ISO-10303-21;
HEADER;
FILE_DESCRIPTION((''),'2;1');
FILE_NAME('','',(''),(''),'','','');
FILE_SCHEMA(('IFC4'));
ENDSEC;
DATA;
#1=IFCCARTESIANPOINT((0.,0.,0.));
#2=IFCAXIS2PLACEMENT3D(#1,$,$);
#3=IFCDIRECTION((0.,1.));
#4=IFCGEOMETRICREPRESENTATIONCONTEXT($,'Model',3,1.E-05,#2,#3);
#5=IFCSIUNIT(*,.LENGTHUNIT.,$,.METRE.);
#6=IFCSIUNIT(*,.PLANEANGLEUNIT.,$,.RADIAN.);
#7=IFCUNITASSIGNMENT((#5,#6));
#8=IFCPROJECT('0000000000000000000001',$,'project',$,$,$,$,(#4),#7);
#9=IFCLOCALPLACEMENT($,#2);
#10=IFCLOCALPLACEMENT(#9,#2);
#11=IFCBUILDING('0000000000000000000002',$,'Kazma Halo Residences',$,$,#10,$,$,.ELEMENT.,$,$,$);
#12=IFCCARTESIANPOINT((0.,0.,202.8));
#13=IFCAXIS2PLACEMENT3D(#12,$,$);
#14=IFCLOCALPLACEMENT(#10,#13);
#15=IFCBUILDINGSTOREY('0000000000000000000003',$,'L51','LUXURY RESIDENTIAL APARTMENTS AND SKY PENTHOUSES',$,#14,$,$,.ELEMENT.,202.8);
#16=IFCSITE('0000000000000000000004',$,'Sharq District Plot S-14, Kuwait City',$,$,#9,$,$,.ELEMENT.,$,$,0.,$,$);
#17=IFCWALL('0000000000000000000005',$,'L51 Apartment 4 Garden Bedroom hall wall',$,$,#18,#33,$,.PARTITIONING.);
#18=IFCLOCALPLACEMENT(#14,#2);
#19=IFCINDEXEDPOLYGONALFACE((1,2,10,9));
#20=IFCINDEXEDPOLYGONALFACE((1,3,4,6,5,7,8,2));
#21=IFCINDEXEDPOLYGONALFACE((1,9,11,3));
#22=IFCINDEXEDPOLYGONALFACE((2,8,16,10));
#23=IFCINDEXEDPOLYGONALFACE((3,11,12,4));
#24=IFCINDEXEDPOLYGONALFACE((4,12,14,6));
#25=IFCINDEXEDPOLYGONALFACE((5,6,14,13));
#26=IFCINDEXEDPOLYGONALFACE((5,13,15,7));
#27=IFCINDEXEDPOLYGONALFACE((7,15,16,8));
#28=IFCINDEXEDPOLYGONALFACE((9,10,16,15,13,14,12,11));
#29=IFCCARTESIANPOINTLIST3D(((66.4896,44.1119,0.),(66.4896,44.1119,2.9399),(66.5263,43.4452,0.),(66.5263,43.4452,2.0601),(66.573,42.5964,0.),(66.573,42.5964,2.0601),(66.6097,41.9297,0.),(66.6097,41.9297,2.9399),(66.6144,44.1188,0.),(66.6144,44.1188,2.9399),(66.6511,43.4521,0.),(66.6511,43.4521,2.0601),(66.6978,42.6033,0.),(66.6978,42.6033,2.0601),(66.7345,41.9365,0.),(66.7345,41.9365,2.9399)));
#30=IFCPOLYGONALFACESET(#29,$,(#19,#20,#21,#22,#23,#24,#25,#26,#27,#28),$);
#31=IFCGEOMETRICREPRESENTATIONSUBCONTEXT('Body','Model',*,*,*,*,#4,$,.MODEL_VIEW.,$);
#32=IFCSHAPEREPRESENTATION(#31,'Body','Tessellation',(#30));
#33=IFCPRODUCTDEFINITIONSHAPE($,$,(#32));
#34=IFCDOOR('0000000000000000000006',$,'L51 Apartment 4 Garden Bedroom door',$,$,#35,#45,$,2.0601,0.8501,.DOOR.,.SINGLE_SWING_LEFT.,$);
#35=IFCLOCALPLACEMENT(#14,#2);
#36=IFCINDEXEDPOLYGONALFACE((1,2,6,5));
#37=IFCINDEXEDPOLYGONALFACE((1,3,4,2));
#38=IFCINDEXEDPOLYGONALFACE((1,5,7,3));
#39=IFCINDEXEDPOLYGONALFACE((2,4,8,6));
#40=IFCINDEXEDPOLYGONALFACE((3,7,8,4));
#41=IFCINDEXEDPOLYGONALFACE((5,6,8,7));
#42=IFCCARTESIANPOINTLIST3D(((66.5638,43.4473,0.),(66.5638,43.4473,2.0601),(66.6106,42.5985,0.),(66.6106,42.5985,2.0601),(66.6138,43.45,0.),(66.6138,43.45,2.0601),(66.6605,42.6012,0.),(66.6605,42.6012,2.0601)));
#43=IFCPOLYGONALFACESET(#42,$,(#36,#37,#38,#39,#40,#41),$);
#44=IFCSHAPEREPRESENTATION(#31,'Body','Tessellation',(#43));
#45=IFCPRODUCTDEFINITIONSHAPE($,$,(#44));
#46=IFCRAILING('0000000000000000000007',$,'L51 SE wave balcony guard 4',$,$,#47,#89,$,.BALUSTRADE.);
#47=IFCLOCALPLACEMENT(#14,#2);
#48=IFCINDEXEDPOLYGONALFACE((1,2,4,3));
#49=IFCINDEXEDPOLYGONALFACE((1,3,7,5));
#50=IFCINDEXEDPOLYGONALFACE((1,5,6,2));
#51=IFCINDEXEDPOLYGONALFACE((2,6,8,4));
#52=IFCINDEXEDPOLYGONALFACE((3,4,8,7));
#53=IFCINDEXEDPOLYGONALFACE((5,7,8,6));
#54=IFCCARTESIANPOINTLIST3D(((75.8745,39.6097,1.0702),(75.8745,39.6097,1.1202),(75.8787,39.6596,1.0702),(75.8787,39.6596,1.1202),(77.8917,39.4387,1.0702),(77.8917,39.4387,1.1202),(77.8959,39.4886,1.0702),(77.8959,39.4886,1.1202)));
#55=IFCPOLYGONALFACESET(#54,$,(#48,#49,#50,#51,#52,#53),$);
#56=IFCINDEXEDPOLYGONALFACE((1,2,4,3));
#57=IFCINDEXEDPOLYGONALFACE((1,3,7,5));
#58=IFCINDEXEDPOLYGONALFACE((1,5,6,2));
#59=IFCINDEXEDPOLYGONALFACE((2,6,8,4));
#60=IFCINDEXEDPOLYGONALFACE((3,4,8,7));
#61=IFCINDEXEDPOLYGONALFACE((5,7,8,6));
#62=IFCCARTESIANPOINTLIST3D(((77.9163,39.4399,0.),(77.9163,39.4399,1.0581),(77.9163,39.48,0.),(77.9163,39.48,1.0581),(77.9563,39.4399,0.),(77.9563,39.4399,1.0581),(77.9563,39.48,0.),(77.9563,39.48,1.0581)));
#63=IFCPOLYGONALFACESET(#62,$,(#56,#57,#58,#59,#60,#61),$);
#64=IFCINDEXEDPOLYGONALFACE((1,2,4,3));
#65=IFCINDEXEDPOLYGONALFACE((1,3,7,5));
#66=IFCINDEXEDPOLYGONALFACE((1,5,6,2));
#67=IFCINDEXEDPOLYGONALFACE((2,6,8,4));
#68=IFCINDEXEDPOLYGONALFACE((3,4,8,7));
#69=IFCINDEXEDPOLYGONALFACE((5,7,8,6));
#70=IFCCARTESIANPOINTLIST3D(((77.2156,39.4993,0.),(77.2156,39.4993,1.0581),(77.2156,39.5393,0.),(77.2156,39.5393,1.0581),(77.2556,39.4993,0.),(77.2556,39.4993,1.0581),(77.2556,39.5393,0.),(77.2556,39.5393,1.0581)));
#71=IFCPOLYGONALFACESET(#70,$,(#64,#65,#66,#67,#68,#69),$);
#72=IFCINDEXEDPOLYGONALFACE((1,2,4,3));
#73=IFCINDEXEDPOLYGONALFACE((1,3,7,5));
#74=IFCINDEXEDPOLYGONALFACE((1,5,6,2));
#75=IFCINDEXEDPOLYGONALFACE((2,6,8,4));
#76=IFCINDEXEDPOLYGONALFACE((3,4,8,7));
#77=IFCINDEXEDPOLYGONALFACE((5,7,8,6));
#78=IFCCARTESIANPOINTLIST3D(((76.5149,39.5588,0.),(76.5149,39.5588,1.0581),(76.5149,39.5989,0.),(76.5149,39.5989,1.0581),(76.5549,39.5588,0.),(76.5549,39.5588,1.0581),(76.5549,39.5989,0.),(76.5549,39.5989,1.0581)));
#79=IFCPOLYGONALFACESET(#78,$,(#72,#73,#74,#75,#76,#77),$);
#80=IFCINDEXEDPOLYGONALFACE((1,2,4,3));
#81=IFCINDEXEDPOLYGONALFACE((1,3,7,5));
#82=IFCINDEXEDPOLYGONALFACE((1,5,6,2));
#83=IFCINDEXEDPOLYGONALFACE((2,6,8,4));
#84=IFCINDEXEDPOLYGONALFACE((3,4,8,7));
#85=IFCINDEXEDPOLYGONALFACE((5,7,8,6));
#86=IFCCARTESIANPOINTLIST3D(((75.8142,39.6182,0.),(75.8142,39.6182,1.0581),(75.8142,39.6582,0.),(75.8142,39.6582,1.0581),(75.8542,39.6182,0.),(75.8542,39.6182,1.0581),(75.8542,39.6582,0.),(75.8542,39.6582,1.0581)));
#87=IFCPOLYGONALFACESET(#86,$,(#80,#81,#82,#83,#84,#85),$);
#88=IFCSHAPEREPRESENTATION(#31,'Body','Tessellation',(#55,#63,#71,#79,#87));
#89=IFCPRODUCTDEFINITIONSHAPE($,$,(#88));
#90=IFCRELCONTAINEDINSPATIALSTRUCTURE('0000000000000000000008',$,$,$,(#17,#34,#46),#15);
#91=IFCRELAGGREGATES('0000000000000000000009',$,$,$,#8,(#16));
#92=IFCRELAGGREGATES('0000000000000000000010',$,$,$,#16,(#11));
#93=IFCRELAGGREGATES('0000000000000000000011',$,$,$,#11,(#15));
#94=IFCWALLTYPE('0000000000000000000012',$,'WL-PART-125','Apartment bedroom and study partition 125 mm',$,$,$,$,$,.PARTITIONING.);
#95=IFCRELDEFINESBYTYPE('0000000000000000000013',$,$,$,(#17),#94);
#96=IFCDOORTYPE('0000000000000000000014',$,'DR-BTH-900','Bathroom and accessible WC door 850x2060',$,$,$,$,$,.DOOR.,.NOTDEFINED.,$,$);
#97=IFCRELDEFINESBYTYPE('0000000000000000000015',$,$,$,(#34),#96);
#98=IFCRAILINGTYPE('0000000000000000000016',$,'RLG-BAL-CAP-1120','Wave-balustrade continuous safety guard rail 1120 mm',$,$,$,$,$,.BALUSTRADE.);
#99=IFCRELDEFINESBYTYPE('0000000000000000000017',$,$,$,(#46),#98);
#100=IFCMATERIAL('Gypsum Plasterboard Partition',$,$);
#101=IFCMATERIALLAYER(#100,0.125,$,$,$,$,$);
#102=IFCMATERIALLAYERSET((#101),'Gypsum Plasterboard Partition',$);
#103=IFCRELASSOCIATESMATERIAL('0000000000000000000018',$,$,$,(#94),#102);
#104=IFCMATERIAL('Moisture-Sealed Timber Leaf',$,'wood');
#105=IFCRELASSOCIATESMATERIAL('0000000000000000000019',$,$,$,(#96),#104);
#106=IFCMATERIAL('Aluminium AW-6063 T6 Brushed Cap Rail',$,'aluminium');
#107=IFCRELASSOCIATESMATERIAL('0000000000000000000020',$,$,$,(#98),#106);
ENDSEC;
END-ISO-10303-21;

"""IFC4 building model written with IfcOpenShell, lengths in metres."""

from ifc_helpers import new_model, si_unit, direction, frame, frame_2d, origin, origin_2d, place, context, subcontext, project, spatial, rectangle, extrude, material, layer, layer_set, type_object, element, fill, save


model = new_model("IFC4")

# Units and contexts
model_context = context("Model", 3, precision=1e-05, world=origin(), true_north=direction((0.0, 1.0)))
body_context = subcontext(model_context, "Body", "Model", "MODEL_VIEW")
ifc_project = project(units=[si_unit("LENGTHUNIT", "METRE"), si_unit("PLANEANGLEUNIT", "RADIAN")], contexts=[model_context])

# Site, building, storey
site_placement = place(None, origin())
site = spatial("IfcSite", under=ifc_project, at=site_placement, Name="Sharq District Plot S-14, Kuwait City", CompositionType="ELEMENT", RefElevation=0.0)
building_placement = place(site_placement, origin())
building = spatial("IfcBuilding", under=site, at=building_placement, Name="Kazma Halo Residences", CompositionType="ELEMENT")
storey_placement = place(building_placement, frame((0.0, 0.0, 202.8)))
storey = spatial("IfcBuildingStorey", under=building, at=storey_placement, Name="L51", Description="LUXURY RESIDENTIAL APARTMENTS AND SKY PENTHOUSES", CompositionType="ELEMENT", Elevation=202.8)

# Shared definitions
ifc_material_1 = material(Name="Gypsum Plasterboard Partition")
ifc_layer_1 = layer(ifc_material_1, 0.125)
ifc_layer_set_1 = layer_set([ifc_layer_1], Name="Gypsum Plasterboard Partition")
wall_type_1 = type_object("IfcWallType", Name="WL-PART-125", Description="Apartment bedroom and study partition 125 mm", PredefinedType="PARTITIONING", material=ifc_layer_set_1)

# Wall, opening, door
ifc_material_2 = material(Name="Moisture-Sealed Timber Leaf", Category="wood")
door_type = type_object("IfcDoorType", Name="DR-BTH-900", Description="Bathroom and accessible WC door 850x2060", OperationType="NOTDEFINED", PredefinedType="DOOR", material=ifc_material_2)
wall_1_placement = place(storey_placement, frame((66.6721, 41.9331, 0.0), z_axis=(0.0, 0.0, 1.0), x_axis=(-0.054963, 0.998488, 0.0)))
wall_1 = element("IfcWall", 1, at=wall_1_placement, inside=storey, type_object=wall_type_1, Name="L51 Apartment 4 Garden Bedroom hall wall", PredefinedType="PARTITIONING", context=body_context, shape_type="SweptSolid", body=[
    extrude(rectangle(XDim=2.1855, YDim=0.125, at=frame_2d((1.0928, 0.0))), origin(), (0.0, 0.0, 1.0), 2.9399),
])
opening_1_placement = place(wall_1_placement, frame((0.6677, 0.0, 0.0)))
opening_1 = element("IfcOpeningElement", 2, at=opening_1_placement, cuts=wall_1, PredefinedType="OPENING", context=body_context, shape_type="SweptSolid", body=[
    extrude(rectangle(XDim=0.8501, YDim=2.0601, at=frame_2d((0.425, 1.03))), frame((0.0, 0.0725, 0.0), z_axis=(0.0, -1.0, 0.0), x_axis=(1.0, 0.0, 0.0)), (0.0, 0.0, 1.0), 0.145),
])
door_1_placement = place(opening_1_placement, origin())
door_1 = element("IfcDoor", 3, at=door_1_placement, inside=storey, type_object=door_type, Name="L51 Apartment 4 Garden Bedroom door", OperationType="SINGLE_SWING_LEFT", OverallHeight=2.0601, OverallWidth=0.8501, PredefinedType="DOOR", context=body_context, shape_type="SweptSolid", body=[
    extrude(rectangle(XDim=0.8501, YDim=2.0601, at=frame_2d((0.425, 1.03))), frame((0.0, 0.0249, 0.0), z_axis=(0.0, -1.0, 0.0), x_axis=(1.0, 0.0, 0.0)), (0.0, 0.0, 1.0), 0.05),
])
fill(opening_1, door_1)

# Railing
ifc_material_3 = material(Name="Aluminium AW-6063 T6 Brushed Cap Rail", Category="aluminium")
railing_type = type_object("IfcRailingType", Name="RLG-BAL-CAP-1120", Description="Wave-balustrade continuous safety guard rail 1120 mm", PredefinedType="BALUSTRADE", material=ifc_material_3)
railing_placement = place(storey_placement, frame((77.9363, 39.46, 0.0)))
element("IfcRailing", 4, at=railing_placement, inside=storey, type_object=railing_type, Name="L51 SE wave balcony guard 4", PredefinedType="BALUSTRADE", context=body_context, shape_type="SweptSolid", body=[
    extrude(rectangle(XDim=0.05, YDim=0.05, at=origin_2d()), frame((-0.0425, 0.0037, 1.0952), z_axis=(-0.996425, 0.084482, 0.0), x_axis=(-0.084482, -0.996425, 0.0)), (0.0, 0.0, 1.0), 2.0244),
    extrude(rectangle(XDim=0.04, YDim=0.04, at=origin_2d()), origin(), (0.0, 0.0, 1.0), 1.0581),
    extrude(rectangle(XDim=0.04, YDim=0.04, at=origin_2d()), frame((-0.7007, 0.0593, 0.0)), (0.0, 0.0, 1.0), 1.0581),
    extrude(rectangle(XDim=0.04, YDim=0.04, at=origin_2d()), frame((-1.4014, 0.1189, 0.0)), (0.0, 0.0, 1.0), 1.0581),
    extrude(rectangle(XDim=0.04, YDim=0.04, at=origin_2d()), frame((-2.1021, 0.1782, 0.0)), (0.0, 0.0, 1.0), 1.0581),
])

save(model, "model.ifc")
